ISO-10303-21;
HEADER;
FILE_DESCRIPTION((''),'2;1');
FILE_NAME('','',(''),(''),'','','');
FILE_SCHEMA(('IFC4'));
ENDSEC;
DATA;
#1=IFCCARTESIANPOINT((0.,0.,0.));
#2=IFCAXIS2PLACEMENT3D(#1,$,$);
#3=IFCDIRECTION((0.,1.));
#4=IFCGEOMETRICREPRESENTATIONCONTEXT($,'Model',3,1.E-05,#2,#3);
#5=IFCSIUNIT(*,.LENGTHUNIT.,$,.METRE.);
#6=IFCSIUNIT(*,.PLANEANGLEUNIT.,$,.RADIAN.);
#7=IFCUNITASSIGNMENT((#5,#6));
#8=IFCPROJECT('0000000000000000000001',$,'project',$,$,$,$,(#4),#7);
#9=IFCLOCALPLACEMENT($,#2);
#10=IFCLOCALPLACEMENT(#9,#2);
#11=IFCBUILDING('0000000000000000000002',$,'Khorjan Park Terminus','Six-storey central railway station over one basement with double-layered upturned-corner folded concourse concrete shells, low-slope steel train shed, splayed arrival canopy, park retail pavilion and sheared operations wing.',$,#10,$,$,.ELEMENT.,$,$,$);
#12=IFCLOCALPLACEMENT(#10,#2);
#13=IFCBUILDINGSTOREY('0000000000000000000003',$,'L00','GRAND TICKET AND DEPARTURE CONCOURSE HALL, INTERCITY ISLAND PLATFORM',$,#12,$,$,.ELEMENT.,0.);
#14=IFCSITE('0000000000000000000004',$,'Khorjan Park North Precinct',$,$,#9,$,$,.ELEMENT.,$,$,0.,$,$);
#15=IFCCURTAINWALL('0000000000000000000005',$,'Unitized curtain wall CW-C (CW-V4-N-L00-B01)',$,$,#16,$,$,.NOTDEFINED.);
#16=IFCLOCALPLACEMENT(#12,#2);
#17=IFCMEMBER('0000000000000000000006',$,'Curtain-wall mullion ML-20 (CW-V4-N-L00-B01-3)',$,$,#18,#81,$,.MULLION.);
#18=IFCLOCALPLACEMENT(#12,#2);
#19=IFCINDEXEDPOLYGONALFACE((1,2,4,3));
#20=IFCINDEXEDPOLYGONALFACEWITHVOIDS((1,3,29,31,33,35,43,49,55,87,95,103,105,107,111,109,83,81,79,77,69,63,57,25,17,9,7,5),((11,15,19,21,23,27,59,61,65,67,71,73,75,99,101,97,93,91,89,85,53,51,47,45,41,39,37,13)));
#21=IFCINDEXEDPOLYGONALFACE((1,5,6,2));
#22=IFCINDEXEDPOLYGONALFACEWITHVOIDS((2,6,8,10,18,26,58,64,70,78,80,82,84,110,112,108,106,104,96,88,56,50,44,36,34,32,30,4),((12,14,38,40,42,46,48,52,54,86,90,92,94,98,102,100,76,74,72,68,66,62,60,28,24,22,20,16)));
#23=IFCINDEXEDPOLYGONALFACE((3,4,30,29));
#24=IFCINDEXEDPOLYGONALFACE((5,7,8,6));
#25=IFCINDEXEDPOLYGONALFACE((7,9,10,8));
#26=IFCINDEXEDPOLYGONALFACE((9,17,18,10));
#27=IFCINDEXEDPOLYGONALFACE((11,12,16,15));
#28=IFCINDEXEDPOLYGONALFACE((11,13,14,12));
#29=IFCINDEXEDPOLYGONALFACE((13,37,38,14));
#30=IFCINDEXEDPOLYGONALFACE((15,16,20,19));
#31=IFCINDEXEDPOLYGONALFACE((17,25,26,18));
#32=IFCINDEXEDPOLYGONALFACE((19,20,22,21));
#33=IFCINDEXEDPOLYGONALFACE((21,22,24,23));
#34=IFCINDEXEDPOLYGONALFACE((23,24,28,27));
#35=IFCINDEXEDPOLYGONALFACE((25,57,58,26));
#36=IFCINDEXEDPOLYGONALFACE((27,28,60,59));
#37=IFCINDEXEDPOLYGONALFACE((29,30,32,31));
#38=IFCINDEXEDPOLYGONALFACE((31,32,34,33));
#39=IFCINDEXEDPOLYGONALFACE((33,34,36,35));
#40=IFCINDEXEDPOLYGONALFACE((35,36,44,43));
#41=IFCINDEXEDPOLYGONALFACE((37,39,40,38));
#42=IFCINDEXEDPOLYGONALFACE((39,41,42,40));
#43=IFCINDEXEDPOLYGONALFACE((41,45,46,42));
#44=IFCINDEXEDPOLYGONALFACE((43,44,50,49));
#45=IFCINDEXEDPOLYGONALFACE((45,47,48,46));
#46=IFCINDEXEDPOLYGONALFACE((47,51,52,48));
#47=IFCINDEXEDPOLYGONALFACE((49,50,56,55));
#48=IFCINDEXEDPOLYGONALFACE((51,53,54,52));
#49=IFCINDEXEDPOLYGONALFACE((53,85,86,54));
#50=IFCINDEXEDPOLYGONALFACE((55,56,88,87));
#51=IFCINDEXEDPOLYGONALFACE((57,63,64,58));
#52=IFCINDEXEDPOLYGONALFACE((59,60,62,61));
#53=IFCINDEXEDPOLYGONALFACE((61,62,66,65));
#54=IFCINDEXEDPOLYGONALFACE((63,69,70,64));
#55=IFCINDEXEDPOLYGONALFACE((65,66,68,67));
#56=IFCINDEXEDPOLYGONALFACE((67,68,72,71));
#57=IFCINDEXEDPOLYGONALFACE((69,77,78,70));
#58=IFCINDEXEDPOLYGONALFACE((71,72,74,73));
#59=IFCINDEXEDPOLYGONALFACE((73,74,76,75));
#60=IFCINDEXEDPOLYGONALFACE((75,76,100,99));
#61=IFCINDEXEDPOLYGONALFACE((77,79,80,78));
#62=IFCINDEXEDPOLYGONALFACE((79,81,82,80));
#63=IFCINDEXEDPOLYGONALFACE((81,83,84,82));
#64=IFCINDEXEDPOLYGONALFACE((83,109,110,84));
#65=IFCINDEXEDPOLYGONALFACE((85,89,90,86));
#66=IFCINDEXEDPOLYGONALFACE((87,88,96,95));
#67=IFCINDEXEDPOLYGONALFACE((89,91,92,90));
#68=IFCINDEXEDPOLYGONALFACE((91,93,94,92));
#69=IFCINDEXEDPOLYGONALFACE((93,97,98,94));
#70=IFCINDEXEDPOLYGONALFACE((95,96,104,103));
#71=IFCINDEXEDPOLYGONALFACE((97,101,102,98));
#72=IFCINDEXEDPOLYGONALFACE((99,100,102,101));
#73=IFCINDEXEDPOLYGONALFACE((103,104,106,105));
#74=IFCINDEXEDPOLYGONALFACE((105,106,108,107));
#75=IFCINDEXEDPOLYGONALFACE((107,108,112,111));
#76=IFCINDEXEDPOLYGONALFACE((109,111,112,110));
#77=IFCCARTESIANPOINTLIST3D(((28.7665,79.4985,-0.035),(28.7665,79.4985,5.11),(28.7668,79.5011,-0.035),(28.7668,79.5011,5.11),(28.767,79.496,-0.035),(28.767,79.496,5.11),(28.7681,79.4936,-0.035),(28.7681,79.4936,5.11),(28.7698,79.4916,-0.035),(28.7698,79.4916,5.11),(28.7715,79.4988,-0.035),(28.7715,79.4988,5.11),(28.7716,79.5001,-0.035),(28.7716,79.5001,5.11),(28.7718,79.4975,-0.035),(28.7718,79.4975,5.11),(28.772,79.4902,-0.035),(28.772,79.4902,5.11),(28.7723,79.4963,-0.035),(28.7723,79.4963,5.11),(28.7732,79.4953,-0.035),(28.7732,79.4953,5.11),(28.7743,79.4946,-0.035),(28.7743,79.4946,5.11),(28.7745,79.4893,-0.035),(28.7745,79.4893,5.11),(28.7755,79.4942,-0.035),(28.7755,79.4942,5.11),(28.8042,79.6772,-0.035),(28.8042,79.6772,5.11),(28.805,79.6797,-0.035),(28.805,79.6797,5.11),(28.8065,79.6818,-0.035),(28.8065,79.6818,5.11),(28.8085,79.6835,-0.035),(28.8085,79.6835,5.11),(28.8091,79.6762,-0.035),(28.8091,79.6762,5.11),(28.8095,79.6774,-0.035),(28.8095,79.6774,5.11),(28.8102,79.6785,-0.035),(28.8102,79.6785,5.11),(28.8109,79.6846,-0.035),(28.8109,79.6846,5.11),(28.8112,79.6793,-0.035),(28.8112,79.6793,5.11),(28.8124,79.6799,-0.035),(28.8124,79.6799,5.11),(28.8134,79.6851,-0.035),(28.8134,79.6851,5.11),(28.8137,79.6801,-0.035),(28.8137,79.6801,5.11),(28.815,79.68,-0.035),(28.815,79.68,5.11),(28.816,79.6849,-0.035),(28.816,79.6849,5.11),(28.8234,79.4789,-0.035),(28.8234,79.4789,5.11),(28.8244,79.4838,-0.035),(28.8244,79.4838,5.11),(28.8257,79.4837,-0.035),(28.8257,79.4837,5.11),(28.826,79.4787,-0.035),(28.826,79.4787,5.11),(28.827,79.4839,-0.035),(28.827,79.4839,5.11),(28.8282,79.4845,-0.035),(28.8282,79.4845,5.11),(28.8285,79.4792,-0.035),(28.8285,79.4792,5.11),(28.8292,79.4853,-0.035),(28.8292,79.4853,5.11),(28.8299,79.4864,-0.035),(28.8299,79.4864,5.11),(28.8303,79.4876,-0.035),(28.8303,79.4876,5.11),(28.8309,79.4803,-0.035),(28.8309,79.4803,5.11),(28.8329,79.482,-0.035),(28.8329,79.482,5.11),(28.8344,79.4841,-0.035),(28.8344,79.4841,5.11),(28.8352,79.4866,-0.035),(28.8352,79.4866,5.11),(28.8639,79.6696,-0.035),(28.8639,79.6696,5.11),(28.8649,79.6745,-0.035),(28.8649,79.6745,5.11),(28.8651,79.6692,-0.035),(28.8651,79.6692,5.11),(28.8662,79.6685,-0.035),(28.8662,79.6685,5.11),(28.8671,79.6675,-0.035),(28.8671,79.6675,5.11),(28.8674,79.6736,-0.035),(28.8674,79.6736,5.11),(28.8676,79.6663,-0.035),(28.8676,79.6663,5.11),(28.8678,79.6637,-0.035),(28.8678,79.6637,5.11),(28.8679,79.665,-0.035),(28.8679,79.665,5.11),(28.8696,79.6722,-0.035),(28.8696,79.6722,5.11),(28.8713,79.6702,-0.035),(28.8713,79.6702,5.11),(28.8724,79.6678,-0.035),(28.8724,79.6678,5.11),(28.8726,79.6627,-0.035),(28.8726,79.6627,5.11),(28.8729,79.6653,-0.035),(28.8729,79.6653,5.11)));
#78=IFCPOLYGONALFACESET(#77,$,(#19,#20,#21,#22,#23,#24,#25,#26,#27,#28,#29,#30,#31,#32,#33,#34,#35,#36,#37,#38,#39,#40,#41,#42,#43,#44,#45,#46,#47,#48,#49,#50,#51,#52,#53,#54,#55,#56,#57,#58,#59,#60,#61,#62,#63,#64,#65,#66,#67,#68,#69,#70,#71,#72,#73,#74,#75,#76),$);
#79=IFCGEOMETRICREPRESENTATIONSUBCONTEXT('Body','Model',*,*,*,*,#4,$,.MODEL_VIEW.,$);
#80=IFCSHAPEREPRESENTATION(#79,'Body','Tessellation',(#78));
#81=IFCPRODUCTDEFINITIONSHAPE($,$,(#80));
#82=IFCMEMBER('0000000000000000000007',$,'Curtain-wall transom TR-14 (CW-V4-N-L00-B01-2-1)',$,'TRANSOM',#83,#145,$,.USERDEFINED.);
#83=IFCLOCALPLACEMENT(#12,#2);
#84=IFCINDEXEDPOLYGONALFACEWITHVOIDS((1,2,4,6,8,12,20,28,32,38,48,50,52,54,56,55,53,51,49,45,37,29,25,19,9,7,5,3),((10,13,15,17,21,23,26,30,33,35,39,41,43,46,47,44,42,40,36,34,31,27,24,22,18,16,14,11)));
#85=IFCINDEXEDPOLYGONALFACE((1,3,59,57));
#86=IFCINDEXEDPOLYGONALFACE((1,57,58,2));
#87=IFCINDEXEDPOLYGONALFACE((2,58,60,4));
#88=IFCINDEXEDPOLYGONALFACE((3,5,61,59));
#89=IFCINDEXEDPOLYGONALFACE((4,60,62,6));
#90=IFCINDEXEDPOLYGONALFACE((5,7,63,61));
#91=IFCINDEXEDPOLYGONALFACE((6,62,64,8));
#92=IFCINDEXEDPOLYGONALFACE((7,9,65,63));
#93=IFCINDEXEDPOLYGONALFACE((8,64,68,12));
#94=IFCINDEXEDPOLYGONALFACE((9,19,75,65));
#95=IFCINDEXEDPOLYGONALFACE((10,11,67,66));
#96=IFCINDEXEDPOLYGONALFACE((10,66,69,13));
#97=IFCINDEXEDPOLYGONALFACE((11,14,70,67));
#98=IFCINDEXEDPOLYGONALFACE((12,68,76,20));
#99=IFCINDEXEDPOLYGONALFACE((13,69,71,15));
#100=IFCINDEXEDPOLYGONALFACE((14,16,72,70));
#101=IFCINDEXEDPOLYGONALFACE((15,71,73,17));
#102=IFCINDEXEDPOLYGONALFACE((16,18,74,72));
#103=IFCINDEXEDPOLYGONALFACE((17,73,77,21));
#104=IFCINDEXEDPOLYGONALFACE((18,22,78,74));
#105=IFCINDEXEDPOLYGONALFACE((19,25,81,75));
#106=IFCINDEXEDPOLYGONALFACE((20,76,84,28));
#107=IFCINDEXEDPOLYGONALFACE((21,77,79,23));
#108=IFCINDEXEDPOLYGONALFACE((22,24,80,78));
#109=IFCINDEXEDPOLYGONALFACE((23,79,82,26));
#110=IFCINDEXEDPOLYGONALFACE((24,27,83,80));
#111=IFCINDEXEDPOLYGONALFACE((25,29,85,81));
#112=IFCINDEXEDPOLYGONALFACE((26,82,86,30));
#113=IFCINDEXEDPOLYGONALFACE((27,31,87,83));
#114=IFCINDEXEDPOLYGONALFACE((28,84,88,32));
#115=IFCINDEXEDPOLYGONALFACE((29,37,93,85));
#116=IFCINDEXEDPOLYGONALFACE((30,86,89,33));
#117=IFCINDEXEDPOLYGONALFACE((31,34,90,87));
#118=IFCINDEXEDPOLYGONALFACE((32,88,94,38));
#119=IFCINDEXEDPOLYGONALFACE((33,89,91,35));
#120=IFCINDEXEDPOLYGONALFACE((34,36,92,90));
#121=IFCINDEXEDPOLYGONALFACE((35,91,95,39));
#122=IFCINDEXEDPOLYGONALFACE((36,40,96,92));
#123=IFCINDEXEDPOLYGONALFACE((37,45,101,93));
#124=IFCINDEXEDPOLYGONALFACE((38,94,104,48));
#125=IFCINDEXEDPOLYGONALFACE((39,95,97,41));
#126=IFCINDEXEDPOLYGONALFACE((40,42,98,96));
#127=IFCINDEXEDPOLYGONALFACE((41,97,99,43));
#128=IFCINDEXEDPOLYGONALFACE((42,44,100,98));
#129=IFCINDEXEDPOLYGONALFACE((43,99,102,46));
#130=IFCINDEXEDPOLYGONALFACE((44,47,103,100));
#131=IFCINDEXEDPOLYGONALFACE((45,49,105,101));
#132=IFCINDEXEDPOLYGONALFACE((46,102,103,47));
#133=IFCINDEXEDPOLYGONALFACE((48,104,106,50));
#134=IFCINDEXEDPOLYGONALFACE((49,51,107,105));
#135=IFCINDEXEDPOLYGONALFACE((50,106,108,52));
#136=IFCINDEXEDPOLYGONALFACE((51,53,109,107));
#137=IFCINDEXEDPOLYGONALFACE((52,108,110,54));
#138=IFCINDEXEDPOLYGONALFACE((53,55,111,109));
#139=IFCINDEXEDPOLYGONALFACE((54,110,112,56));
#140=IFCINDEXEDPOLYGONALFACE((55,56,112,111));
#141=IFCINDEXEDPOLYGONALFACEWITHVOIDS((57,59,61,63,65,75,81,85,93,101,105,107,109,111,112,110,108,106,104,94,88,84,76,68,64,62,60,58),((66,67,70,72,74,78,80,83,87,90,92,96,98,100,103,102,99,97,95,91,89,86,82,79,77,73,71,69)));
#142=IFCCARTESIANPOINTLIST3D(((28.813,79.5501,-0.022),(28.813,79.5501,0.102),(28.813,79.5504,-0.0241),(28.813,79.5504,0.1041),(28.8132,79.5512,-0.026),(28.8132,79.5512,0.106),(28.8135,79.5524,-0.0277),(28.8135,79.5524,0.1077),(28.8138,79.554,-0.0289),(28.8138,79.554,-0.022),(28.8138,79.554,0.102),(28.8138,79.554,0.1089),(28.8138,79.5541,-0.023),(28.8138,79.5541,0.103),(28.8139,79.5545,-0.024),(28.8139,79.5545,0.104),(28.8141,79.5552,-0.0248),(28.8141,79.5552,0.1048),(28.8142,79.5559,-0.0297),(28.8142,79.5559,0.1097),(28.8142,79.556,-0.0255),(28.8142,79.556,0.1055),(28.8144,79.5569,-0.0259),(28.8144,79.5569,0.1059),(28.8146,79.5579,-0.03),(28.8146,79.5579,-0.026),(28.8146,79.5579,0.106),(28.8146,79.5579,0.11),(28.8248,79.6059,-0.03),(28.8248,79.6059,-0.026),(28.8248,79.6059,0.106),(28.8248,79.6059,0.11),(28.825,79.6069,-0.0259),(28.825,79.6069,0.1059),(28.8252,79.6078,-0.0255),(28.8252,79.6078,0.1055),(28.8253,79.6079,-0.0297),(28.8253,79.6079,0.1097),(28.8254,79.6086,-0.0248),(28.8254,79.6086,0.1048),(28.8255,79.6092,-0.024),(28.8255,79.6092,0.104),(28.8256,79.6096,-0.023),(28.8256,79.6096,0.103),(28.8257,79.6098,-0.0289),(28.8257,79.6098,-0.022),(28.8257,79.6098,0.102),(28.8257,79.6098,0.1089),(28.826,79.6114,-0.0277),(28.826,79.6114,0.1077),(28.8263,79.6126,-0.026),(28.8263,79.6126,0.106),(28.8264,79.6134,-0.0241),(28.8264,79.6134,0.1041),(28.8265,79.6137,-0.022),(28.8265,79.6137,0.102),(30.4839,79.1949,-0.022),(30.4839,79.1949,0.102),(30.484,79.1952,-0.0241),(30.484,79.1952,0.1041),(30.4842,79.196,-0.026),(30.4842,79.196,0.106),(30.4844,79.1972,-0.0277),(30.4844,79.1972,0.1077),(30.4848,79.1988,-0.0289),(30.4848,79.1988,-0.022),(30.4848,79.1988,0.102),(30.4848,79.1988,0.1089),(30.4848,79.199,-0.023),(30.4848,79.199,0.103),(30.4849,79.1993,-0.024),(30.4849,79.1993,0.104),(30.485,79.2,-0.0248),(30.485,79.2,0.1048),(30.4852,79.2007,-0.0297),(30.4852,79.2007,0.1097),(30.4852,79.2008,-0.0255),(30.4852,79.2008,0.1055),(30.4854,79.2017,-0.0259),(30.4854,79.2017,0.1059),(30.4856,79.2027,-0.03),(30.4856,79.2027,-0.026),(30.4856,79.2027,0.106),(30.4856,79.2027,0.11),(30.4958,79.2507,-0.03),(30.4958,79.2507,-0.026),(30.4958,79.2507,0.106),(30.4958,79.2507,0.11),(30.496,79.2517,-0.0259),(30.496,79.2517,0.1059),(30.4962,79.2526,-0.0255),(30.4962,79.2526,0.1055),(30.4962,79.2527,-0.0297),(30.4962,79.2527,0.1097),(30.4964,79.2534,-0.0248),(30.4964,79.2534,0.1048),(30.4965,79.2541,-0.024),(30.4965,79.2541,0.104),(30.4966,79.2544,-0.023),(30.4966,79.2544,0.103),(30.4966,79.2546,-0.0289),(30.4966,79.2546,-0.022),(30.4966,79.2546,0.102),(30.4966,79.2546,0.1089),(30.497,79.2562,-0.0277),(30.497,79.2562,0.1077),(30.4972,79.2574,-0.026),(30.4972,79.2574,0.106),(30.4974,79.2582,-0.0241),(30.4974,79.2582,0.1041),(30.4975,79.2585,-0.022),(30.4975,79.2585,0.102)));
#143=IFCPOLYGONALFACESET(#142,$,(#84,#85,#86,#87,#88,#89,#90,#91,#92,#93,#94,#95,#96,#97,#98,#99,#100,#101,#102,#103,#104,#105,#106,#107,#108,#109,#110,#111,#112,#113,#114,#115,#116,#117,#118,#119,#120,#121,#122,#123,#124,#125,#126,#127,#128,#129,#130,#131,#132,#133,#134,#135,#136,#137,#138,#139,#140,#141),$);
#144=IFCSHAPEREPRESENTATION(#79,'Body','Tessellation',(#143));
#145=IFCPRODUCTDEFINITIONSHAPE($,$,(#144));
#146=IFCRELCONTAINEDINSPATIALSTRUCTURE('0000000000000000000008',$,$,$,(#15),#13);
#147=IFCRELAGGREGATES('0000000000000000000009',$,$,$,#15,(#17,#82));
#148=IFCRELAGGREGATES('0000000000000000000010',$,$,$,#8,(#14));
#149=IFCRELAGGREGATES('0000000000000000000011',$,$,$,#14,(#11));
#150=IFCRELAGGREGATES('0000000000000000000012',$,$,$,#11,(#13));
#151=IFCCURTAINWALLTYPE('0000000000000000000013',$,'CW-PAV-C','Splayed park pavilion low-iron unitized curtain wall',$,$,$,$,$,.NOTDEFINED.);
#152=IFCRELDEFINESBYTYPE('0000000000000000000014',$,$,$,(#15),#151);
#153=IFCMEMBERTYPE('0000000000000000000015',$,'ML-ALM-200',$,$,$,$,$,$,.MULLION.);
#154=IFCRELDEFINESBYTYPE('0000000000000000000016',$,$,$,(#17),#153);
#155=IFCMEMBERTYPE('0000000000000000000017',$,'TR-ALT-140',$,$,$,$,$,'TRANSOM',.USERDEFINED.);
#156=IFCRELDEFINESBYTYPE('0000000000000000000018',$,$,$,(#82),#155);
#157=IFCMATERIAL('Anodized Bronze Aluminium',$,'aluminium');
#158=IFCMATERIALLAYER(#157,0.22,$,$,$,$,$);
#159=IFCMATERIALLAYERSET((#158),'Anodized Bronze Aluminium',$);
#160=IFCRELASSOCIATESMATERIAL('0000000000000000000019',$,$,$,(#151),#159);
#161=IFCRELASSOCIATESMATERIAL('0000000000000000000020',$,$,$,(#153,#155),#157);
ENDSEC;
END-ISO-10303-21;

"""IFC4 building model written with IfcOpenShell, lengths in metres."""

from ifc_helpers import new_model, si_unit, direction, frame, origin, origin_2d, place, context, subcontext, project, spatial, hollow_rectangle, extrude, material, layer, layer_set, material_profile, profile_set, type_object, element, aggregate, save


model = new_model("IFC4")

# Units and contexts
model_context = context("Model", 3, precision=1e-05, world=origin(), true_north=direction((0.0, 1.0)))
body_context = subcontext(model_context, "Body", "Model", "MODEL_VIEW")
ifc_project = project(units=[si_unit("LENGTHUNIT", "METRE"), si_unit("PLANEANGLEUNIT", "RADIAN")], contexts=[model_context])

# Site, building, storey
site_placement = place(None, origin())
site = spatial("IfcSite", under=ifc_project, at=site_placement, Name="Khorjan Park North Precinct", CompositionType="ELEMENT", RefElevation=0.0)
building_placement = place(site_placement, origin())
building = spatial("IfcBuilding", under=site, at=building_placement, Name="Khorjan Park Terminus", Description="Six-storey central railway station over one basement with double-layered upturned-corner folded concourse concrete shells, low-slope steel train shed, splayed arrival canopy, park retail pavilion and sheared operations wing.", CompositionType="ELEMENT")
storey_placement = place(building_placement, origin())
storey = spatial("IfcBuildingStorey", under=building, at=storey_placement, Name="L00", Description="GRAND TICKET AND DEPARTURE CONCOURSE HALL, INTERCITY ISLAND PLATFORM", CompositionType="ELEMENT", Elevation=0.0)

# Curtain wall, members
ifc_material_1 = material(Name="Anodized Bronze Aluminium", Category="aluminium")
ifc_layer_1 = layer(ifc_material_1, 0.22)
ifc_layer_set_1 = layer_set([ifc_layer_1], Name="Anodized Bronze Aluminium")
curtain_wall_type = type_object("IfcCurtainWallType", Name="CW-PAV-C", Description="Splayed park pavilion low-iron unitized curtain wall", PredefinedType="NOTDEFINED", material=ifc_layer_set_1)
curtain_wall_placement = place(storey_placement, origin())
curtain_wall = element("IfcCurtainWall", 1, at=curtain_wall_placement, inside=storey, type_object=curtain_wall_type, Name="Unitized curtain wall CW-C (CW-V4-N-L00-B01)", PredefinedType="NOTDEFINED")
ifc_material_profile_1 = material_profile(ifc_material_1, hollow_rectangle(XDim=0.07, YDim=0.2, WallThickness=0.005, InnerFilletRadius=0.005, OuterFilletRadius=0.01, at=origin_2d()), Name="ALM 70x200x5")
ifc_profile_set_1 = profile_set([ifc_material_profile_1], Name="Anodized Bronze Aluminium")
member_type_1 = type_object("IfcMemberType", Name="ML-ALM-200", PredefinedType="MULLION", material=ifc_profile_set_1)
member_1_placement = place(storey_placement, frame((28.8197, 79.5819, -0.035), z_axis=(0.0, 0.0, 1.0), x_axis=(-0.97815, 0.207903, 0.0)))
member_1 = element("IfcMember", 2, at=member_1_placement, type_object=member_type_1, Name="Curtain-wall mullion ML-20 (CW-V4-N-L00-B01-3)", PredefinedType="MULLION", context=body_context, shape_type="SweptSolid", body=[
    extrude(hollow_rectangle(XDim=0.07, YDim=0.2, WallThickness=0.005, InnerFilletRadius=0.005, OuterFilletRadius=0.01, at=origin_2d()), origin(), (0.0, 0.0, 1.0), 5.145),
])
ifc_material_profile_2 = material_profile(ifc_material_1, hollow_rectangle(XDim=0.065, YDim=0.14, WallThickness=0.004, InnerFilletRadius=0.004, OuterFilletRadius=0.008, at=origin_2d()), Name="ALT 65x140x4")
ifc_profile_set_2 = profile_set([ifc_material_profile_2], Name="Anodized Bronze Aluminium")
member_type_2 = type_object("IfcMemberType", Name="TR-ALT-140", ElementType="TRANSOM", PredefinedType="USERDEFINED", material=ifc_profile_set_2)
member_2_placement = place(storey_placement, frame((30.4907, 79.2267, 0.04), z_axis=(-0.978145, 0.207922, 0.0), x_axis=(-0.207922, -0.978145, 0.0)))
member_2 = element("IfcMember", 3, at=member_2_placement, type_object=member_type_2, Name="Curtain-wall transom TR-14 (CW-V4-N-L00-B01-2-1)", ObjectType="TRANSOM", PredefinedType="USERDEFINED", context=body_context, shape_type="SweptSolid", body=[
    extrude(hollow_rectangle(XDim=0.065, YDim=0.14, WallThickness=0.004, InnerFilletRadius=0.004, OuterFilletRadius=0.008, at=origin_2d()), origin(), (0.0, 0.0, 1.0), 1.7083),
])
aggregate(curtain_wall, [member_1, member_2])

save(model, "model.ifc")
